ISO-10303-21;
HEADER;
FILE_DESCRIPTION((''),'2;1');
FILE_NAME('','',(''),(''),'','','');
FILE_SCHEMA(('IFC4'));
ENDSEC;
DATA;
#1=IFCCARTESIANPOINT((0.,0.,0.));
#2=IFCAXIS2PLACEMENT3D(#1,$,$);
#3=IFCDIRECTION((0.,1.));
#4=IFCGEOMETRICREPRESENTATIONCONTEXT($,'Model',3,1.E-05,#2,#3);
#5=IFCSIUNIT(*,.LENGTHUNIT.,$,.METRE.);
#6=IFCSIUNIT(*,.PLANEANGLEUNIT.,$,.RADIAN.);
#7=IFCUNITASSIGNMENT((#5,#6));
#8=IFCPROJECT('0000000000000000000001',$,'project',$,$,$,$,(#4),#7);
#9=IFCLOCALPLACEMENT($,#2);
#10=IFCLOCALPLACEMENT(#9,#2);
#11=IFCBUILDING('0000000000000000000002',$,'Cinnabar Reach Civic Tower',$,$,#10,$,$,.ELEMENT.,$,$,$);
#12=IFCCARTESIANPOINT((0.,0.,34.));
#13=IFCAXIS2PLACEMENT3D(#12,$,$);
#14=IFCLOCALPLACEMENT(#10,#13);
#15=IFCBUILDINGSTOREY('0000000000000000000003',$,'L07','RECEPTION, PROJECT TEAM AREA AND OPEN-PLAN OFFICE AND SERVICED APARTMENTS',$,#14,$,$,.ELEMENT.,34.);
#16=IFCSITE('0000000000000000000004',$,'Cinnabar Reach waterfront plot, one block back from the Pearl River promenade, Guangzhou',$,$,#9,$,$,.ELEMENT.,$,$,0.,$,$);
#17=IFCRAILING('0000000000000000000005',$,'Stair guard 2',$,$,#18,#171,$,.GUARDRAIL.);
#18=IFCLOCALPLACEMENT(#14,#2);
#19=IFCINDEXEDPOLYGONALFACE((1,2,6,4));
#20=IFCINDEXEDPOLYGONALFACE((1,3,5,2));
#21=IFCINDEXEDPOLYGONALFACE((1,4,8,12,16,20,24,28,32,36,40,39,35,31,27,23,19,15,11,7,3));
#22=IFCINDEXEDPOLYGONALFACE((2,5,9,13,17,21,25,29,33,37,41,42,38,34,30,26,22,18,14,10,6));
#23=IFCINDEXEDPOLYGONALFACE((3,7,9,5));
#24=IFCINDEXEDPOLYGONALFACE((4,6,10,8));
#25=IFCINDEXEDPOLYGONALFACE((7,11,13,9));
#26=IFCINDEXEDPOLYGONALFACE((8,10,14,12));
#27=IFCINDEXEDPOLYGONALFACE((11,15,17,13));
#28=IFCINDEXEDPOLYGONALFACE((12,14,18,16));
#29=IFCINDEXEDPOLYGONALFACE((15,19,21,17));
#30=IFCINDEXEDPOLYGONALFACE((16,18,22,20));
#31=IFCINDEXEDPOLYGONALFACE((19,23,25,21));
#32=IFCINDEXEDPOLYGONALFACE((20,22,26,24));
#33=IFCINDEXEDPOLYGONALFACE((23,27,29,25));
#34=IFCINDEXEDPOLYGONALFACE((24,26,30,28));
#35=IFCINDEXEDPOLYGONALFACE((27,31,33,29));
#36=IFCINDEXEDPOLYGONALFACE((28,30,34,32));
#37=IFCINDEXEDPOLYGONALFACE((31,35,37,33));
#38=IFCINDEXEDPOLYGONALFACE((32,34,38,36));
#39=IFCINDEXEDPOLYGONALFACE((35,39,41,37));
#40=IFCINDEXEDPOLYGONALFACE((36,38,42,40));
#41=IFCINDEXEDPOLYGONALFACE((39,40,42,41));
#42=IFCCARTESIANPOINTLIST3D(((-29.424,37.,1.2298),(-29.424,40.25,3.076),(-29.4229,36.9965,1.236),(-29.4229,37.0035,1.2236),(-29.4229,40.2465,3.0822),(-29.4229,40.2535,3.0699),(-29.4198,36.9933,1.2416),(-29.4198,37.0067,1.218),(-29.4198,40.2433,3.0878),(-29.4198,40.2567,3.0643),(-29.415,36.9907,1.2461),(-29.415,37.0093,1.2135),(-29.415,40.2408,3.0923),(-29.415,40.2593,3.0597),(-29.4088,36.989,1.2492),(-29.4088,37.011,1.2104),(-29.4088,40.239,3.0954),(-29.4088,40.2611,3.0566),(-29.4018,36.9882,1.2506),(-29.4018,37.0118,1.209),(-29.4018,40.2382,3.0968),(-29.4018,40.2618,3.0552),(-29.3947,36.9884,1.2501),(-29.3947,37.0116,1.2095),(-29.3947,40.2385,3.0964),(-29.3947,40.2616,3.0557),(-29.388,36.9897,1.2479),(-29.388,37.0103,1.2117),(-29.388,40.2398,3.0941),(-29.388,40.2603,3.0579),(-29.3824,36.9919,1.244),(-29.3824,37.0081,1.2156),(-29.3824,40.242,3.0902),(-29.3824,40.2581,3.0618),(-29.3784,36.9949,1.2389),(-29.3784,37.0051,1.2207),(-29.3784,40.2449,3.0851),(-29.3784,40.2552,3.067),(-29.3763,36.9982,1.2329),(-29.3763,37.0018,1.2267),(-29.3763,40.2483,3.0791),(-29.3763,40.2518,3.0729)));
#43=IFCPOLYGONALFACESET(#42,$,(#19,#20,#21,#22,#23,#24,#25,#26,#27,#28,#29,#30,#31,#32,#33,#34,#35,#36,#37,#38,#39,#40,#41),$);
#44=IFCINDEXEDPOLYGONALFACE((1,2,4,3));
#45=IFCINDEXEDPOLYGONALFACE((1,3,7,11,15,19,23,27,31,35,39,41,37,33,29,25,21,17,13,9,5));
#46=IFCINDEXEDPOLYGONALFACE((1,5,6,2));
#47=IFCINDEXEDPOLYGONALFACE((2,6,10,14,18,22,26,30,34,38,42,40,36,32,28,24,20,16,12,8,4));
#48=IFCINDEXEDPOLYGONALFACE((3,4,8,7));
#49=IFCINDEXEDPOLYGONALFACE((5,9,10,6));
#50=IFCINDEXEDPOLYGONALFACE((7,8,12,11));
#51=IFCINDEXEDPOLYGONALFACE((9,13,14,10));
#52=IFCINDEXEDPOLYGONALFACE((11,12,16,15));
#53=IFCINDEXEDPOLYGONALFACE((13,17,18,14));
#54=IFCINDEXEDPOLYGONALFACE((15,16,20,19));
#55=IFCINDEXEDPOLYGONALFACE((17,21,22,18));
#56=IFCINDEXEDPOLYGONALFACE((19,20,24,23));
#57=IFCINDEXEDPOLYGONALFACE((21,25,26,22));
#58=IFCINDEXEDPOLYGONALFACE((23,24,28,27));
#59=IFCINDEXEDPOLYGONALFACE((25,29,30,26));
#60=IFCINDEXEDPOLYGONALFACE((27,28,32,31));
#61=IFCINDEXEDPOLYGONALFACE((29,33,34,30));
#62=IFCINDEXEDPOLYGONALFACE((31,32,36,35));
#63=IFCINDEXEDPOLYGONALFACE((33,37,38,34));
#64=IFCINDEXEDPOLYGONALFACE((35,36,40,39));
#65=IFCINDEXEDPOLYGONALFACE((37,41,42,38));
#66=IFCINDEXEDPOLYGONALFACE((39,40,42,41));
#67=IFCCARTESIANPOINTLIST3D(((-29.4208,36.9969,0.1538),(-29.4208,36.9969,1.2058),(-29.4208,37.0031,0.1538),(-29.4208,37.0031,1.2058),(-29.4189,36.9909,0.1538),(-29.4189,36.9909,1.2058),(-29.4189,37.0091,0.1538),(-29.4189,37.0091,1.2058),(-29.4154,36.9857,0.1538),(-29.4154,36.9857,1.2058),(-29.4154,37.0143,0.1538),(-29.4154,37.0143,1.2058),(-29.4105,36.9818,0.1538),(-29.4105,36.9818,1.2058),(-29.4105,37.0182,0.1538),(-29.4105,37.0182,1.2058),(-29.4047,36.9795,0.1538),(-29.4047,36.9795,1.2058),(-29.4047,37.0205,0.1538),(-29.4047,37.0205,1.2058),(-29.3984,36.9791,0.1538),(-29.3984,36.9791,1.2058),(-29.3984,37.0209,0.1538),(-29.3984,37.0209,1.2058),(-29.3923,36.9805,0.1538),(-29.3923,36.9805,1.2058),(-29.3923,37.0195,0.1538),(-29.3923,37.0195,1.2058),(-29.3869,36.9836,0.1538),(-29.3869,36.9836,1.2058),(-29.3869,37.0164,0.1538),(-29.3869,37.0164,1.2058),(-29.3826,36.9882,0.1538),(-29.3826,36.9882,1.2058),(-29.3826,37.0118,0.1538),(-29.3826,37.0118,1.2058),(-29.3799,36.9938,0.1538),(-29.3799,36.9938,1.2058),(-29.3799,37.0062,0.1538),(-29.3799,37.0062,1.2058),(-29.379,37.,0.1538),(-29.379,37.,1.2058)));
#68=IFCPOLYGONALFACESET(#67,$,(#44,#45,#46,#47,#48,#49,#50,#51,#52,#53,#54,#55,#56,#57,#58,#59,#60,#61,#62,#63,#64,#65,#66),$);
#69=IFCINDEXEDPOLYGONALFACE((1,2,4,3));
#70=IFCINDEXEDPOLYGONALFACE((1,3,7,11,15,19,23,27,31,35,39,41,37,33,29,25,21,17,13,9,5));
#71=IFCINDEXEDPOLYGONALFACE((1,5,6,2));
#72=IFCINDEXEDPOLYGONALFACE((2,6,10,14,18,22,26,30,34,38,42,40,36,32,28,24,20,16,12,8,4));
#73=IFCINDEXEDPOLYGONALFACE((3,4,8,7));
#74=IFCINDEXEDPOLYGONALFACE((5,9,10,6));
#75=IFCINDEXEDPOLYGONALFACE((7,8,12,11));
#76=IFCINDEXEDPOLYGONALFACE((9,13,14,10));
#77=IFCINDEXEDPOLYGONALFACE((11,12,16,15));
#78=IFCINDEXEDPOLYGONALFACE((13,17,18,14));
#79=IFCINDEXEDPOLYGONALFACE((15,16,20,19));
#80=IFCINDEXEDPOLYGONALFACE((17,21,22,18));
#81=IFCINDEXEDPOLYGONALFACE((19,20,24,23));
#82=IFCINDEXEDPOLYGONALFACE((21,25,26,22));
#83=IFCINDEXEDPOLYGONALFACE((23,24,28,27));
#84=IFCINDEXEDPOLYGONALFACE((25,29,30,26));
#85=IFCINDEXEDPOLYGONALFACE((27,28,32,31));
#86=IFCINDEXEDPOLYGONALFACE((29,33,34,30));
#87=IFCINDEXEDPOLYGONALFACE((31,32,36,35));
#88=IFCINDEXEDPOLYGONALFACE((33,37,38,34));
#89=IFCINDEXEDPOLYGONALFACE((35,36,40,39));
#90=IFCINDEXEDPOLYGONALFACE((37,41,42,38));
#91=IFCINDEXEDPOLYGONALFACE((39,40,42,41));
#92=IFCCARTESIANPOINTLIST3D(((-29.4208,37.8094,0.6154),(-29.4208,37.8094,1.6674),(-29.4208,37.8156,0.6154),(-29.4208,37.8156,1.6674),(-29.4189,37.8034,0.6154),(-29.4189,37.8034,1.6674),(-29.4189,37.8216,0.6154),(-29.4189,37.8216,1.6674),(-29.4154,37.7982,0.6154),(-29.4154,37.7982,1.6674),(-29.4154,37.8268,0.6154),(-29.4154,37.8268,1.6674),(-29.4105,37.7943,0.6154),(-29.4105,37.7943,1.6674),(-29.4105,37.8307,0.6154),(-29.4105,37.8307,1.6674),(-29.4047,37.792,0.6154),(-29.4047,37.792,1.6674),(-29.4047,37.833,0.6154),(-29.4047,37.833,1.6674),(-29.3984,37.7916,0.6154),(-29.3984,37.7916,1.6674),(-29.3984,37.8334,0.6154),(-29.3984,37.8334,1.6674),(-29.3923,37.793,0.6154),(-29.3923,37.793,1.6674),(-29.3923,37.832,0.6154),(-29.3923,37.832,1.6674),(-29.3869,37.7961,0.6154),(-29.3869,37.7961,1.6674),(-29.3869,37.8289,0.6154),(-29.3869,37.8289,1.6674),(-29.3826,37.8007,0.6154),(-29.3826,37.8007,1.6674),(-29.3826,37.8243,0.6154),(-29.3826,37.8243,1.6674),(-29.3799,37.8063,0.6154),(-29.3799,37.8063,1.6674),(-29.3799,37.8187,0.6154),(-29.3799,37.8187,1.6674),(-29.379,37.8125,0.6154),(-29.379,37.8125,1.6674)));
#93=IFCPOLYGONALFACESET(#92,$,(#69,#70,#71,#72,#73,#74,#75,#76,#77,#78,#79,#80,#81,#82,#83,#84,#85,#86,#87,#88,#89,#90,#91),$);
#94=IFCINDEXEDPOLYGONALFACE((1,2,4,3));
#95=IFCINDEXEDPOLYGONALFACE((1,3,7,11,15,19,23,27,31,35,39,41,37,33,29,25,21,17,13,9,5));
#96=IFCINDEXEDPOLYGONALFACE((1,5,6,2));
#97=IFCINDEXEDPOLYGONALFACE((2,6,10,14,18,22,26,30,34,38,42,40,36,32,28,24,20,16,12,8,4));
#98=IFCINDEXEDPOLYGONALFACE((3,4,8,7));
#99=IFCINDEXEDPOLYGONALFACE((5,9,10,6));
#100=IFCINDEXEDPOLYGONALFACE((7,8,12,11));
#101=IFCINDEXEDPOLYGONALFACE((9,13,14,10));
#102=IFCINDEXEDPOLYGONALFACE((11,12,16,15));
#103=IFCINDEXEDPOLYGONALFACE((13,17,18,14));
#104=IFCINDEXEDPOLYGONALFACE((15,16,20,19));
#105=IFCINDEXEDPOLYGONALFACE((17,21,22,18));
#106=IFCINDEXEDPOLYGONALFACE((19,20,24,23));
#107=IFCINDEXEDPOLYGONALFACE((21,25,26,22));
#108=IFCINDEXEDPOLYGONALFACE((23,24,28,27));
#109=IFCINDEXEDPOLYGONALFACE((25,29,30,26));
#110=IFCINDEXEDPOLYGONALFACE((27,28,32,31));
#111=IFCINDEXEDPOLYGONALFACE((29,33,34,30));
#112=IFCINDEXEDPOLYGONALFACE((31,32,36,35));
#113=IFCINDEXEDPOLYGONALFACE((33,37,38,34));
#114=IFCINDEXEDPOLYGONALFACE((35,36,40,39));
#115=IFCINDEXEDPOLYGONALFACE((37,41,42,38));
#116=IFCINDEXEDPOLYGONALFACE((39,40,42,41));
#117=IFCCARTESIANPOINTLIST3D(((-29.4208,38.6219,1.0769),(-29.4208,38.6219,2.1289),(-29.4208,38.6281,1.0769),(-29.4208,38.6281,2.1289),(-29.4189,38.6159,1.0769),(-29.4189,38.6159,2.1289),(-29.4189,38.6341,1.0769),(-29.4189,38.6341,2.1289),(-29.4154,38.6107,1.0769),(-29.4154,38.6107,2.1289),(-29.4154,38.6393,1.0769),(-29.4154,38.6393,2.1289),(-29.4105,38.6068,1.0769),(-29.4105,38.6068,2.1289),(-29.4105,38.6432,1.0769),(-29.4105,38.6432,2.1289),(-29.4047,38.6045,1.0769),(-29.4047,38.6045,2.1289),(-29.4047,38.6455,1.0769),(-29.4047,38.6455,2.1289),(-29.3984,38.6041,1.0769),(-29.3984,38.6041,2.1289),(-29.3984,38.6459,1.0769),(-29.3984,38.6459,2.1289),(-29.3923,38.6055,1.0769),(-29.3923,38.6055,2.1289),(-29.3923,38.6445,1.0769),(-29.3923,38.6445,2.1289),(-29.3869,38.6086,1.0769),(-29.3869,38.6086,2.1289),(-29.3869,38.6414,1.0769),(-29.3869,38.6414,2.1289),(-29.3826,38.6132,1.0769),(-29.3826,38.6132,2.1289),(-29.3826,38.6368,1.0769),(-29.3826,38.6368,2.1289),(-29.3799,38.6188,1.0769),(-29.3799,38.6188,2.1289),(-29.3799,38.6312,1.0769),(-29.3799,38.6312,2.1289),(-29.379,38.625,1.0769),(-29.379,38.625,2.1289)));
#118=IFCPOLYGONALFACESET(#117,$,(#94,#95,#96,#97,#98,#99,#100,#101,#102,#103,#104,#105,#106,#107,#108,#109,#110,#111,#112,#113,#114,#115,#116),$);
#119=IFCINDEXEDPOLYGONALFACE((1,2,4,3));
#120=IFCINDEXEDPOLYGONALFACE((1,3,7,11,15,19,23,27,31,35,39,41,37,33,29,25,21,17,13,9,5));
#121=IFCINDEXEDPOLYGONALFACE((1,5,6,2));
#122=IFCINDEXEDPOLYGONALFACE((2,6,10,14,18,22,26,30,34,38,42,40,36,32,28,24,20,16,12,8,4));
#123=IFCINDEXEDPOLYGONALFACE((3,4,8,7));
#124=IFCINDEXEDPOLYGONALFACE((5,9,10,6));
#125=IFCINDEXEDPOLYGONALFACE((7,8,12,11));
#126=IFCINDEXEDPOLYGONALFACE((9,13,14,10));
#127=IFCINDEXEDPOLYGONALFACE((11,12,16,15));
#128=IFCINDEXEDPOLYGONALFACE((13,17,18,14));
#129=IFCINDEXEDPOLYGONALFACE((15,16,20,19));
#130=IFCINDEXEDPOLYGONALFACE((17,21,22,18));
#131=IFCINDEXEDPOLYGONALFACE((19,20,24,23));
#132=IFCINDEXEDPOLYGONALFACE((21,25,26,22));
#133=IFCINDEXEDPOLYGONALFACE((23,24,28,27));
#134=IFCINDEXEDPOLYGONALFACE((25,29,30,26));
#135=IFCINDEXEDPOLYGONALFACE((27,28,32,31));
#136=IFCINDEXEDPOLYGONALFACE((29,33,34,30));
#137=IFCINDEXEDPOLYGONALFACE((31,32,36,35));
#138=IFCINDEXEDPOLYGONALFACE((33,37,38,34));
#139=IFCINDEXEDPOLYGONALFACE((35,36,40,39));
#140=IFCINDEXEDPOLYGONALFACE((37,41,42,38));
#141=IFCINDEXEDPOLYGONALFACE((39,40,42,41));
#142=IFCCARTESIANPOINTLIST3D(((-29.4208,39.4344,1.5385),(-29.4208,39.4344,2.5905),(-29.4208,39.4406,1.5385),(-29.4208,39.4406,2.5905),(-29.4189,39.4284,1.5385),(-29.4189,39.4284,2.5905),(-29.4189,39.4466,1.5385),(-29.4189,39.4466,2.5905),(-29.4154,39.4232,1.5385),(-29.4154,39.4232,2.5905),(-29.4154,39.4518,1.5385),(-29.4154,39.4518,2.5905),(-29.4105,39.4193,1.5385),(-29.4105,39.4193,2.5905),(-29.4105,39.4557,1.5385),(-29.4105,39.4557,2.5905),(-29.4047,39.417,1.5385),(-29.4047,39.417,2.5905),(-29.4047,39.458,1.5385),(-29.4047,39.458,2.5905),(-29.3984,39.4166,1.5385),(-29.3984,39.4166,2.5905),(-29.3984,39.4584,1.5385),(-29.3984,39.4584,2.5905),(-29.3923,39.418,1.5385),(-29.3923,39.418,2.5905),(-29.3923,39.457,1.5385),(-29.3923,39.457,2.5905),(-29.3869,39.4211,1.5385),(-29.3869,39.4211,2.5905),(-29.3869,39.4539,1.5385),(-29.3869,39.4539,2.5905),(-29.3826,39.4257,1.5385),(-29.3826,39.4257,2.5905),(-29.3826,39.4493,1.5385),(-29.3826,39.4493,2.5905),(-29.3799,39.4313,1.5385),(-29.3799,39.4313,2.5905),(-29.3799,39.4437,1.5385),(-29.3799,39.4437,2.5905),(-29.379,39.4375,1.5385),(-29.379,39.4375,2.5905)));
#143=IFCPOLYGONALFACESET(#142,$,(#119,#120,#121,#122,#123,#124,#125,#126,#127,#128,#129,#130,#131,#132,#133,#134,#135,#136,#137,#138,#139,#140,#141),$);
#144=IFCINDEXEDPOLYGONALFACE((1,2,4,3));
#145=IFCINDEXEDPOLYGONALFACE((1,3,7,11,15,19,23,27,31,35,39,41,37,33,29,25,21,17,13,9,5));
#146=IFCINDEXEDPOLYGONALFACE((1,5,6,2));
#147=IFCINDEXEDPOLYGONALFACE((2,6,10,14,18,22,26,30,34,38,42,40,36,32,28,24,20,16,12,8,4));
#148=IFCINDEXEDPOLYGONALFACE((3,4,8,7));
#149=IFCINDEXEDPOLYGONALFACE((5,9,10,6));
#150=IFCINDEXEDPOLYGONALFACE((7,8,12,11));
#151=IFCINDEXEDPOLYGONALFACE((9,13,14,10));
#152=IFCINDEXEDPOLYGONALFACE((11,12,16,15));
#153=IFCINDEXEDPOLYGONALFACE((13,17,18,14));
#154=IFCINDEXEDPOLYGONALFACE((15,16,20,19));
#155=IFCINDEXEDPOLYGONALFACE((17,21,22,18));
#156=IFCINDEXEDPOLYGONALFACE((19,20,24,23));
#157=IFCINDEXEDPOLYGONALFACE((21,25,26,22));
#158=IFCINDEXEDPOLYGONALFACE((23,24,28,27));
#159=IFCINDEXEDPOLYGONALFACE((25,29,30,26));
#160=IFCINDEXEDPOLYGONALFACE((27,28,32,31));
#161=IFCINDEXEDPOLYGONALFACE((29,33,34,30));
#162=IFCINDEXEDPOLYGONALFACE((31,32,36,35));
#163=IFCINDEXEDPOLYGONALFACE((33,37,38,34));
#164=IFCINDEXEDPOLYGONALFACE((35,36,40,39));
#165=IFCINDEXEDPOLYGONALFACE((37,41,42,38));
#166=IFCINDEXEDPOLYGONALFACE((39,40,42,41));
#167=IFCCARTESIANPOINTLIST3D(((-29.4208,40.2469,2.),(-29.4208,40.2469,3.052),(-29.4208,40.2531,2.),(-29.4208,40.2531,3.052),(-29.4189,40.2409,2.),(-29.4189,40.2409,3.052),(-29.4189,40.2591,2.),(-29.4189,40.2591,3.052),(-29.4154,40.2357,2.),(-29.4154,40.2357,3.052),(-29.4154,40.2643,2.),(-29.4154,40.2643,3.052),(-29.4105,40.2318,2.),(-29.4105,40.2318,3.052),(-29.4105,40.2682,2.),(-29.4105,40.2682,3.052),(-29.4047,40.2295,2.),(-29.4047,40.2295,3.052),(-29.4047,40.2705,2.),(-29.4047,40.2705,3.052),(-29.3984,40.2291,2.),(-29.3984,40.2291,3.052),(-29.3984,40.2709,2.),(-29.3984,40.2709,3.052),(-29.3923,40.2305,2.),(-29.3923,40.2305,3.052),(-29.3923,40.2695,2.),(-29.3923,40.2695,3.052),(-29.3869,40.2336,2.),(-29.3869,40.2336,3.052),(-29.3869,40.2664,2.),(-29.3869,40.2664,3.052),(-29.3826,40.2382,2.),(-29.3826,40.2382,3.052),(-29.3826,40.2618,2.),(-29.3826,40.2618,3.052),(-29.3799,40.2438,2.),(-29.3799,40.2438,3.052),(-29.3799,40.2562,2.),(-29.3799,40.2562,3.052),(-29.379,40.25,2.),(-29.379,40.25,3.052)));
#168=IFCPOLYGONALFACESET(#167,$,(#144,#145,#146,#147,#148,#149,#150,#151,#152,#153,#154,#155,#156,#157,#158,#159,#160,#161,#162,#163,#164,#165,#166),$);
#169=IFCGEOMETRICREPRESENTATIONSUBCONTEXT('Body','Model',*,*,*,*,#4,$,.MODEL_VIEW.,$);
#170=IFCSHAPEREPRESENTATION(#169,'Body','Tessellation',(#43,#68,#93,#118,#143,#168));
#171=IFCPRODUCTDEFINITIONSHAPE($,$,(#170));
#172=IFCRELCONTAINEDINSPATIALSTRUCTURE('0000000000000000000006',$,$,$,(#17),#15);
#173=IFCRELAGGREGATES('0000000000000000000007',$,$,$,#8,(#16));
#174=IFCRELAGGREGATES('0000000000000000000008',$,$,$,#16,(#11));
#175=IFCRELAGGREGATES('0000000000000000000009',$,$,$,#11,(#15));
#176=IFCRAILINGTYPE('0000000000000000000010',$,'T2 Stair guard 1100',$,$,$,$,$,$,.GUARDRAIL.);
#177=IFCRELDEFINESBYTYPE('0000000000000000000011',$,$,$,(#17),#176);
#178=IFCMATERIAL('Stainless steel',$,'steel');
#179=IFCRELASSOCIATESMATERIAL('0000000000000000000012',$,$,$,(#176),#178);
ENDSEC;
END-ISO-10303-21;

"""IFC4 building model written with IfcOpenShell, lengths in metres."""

from ifc_helpers import new_model, si_unit, direction, frame, origin, origin_2d, place, context, subcontext, project, spatial, circle, extrude, material, type_object, element, save


model = new_model("IFC4")

# Units and contexts
model_context = context("Model", 3, precision=1e-05, world=origin(), true_north=direction((0.0, 1.0)))
body_context = subcontext(model_context, "Body", "Model", "MODEL_VIEW")
ifc_project = project(units=[si_unit("LENGTHUNIT", "METRE"), si_unit("PLANEANGLEUNIT", "RADIAN")], contexts=[model_context])

# Site, building, storey
site_placement = place(None, origin())
site = spatial("IfcSite", under=ifc_project, at=site_placement, Name="Cinnabar Reach waterfront plot, one block back from the Pearl River promenade, Guangzhou", CompositionType="ELEMENT", RefElevation=0.0)
building_placement = place(site_placement, origin())
building = spatial("IfcBuilding", under=site, at=building_placement, Name="Cinnabar Reach Civic Tower", CompositionType="ELEMENT")
storey_placement = place(building_placement, frame((0.0, 0.0, 34.0)))
storey = spatial("IfcBuildingStorey", under=building, at=storey_placement, Name="L07", Description="RECEPTION, PROJECT TEAM AREA AND OPEN-PLAN OFFICE AND SERVICED APARTMENTS", CompositionType="ELEMENT", Elevation=34.0)

# Railing
ifc_material_1 = material(Name="Stainless steel", Category="steel")
railing_type = type_object("IfcRailingType", Name="T2 Stair guard 1100", PredefinedType="GUARDRAIL", material=ifc_material_1)
railing_1_placement = place(storey_placement, frame((-29.4, 37.0, 0.1538)))
element("IfcRailing", 1, at=railing_1_placement, inside=storey, type_object=railing_type, Name="Stair guard 2", PredefinedType="GUARDRAIL", context=body_context, shape_type="SweptSolid", body=[
    extrude(circle(Radius=0.024, at=origin_2d()), frame((0.0, 0.0, 1.076), z_axis=(0.0, 0.869501, 0.49393), x_axis=(-1.0, 0.0, 0.0)), (0.0, 0.0, 1.0), 3.7378),
    extrude(circle(Radius=0.021, at=origin_2d()), origin(), (0.0, 0.0, 1.0), 1.052),
    extrude(circle(Radius=0.021, at=origin_2d()), frame((0.0, 0.8125, 0.4616)), (0.0, 0.0, 1.0), 1.052),
    extrude(circle(Radius=0.021, at=origin_2d()), frame((0.0, 1.625, 0.9231)), (0.0, 0.0, 1.0), 1.052),
    extrude(circle(Radius=0.021, at=origin_2d()), frame((0.0, 2.4375, 1.3847)), (0.0, 0.0, 1.0), 1.052),
    extrude(circle(Radius=0.021, at=origin_2d()), frame((0.0, 3.25, 1.8462)), (0.0, 0.0, 1.0), 1.052),
])

save(model, "model.ifc")
